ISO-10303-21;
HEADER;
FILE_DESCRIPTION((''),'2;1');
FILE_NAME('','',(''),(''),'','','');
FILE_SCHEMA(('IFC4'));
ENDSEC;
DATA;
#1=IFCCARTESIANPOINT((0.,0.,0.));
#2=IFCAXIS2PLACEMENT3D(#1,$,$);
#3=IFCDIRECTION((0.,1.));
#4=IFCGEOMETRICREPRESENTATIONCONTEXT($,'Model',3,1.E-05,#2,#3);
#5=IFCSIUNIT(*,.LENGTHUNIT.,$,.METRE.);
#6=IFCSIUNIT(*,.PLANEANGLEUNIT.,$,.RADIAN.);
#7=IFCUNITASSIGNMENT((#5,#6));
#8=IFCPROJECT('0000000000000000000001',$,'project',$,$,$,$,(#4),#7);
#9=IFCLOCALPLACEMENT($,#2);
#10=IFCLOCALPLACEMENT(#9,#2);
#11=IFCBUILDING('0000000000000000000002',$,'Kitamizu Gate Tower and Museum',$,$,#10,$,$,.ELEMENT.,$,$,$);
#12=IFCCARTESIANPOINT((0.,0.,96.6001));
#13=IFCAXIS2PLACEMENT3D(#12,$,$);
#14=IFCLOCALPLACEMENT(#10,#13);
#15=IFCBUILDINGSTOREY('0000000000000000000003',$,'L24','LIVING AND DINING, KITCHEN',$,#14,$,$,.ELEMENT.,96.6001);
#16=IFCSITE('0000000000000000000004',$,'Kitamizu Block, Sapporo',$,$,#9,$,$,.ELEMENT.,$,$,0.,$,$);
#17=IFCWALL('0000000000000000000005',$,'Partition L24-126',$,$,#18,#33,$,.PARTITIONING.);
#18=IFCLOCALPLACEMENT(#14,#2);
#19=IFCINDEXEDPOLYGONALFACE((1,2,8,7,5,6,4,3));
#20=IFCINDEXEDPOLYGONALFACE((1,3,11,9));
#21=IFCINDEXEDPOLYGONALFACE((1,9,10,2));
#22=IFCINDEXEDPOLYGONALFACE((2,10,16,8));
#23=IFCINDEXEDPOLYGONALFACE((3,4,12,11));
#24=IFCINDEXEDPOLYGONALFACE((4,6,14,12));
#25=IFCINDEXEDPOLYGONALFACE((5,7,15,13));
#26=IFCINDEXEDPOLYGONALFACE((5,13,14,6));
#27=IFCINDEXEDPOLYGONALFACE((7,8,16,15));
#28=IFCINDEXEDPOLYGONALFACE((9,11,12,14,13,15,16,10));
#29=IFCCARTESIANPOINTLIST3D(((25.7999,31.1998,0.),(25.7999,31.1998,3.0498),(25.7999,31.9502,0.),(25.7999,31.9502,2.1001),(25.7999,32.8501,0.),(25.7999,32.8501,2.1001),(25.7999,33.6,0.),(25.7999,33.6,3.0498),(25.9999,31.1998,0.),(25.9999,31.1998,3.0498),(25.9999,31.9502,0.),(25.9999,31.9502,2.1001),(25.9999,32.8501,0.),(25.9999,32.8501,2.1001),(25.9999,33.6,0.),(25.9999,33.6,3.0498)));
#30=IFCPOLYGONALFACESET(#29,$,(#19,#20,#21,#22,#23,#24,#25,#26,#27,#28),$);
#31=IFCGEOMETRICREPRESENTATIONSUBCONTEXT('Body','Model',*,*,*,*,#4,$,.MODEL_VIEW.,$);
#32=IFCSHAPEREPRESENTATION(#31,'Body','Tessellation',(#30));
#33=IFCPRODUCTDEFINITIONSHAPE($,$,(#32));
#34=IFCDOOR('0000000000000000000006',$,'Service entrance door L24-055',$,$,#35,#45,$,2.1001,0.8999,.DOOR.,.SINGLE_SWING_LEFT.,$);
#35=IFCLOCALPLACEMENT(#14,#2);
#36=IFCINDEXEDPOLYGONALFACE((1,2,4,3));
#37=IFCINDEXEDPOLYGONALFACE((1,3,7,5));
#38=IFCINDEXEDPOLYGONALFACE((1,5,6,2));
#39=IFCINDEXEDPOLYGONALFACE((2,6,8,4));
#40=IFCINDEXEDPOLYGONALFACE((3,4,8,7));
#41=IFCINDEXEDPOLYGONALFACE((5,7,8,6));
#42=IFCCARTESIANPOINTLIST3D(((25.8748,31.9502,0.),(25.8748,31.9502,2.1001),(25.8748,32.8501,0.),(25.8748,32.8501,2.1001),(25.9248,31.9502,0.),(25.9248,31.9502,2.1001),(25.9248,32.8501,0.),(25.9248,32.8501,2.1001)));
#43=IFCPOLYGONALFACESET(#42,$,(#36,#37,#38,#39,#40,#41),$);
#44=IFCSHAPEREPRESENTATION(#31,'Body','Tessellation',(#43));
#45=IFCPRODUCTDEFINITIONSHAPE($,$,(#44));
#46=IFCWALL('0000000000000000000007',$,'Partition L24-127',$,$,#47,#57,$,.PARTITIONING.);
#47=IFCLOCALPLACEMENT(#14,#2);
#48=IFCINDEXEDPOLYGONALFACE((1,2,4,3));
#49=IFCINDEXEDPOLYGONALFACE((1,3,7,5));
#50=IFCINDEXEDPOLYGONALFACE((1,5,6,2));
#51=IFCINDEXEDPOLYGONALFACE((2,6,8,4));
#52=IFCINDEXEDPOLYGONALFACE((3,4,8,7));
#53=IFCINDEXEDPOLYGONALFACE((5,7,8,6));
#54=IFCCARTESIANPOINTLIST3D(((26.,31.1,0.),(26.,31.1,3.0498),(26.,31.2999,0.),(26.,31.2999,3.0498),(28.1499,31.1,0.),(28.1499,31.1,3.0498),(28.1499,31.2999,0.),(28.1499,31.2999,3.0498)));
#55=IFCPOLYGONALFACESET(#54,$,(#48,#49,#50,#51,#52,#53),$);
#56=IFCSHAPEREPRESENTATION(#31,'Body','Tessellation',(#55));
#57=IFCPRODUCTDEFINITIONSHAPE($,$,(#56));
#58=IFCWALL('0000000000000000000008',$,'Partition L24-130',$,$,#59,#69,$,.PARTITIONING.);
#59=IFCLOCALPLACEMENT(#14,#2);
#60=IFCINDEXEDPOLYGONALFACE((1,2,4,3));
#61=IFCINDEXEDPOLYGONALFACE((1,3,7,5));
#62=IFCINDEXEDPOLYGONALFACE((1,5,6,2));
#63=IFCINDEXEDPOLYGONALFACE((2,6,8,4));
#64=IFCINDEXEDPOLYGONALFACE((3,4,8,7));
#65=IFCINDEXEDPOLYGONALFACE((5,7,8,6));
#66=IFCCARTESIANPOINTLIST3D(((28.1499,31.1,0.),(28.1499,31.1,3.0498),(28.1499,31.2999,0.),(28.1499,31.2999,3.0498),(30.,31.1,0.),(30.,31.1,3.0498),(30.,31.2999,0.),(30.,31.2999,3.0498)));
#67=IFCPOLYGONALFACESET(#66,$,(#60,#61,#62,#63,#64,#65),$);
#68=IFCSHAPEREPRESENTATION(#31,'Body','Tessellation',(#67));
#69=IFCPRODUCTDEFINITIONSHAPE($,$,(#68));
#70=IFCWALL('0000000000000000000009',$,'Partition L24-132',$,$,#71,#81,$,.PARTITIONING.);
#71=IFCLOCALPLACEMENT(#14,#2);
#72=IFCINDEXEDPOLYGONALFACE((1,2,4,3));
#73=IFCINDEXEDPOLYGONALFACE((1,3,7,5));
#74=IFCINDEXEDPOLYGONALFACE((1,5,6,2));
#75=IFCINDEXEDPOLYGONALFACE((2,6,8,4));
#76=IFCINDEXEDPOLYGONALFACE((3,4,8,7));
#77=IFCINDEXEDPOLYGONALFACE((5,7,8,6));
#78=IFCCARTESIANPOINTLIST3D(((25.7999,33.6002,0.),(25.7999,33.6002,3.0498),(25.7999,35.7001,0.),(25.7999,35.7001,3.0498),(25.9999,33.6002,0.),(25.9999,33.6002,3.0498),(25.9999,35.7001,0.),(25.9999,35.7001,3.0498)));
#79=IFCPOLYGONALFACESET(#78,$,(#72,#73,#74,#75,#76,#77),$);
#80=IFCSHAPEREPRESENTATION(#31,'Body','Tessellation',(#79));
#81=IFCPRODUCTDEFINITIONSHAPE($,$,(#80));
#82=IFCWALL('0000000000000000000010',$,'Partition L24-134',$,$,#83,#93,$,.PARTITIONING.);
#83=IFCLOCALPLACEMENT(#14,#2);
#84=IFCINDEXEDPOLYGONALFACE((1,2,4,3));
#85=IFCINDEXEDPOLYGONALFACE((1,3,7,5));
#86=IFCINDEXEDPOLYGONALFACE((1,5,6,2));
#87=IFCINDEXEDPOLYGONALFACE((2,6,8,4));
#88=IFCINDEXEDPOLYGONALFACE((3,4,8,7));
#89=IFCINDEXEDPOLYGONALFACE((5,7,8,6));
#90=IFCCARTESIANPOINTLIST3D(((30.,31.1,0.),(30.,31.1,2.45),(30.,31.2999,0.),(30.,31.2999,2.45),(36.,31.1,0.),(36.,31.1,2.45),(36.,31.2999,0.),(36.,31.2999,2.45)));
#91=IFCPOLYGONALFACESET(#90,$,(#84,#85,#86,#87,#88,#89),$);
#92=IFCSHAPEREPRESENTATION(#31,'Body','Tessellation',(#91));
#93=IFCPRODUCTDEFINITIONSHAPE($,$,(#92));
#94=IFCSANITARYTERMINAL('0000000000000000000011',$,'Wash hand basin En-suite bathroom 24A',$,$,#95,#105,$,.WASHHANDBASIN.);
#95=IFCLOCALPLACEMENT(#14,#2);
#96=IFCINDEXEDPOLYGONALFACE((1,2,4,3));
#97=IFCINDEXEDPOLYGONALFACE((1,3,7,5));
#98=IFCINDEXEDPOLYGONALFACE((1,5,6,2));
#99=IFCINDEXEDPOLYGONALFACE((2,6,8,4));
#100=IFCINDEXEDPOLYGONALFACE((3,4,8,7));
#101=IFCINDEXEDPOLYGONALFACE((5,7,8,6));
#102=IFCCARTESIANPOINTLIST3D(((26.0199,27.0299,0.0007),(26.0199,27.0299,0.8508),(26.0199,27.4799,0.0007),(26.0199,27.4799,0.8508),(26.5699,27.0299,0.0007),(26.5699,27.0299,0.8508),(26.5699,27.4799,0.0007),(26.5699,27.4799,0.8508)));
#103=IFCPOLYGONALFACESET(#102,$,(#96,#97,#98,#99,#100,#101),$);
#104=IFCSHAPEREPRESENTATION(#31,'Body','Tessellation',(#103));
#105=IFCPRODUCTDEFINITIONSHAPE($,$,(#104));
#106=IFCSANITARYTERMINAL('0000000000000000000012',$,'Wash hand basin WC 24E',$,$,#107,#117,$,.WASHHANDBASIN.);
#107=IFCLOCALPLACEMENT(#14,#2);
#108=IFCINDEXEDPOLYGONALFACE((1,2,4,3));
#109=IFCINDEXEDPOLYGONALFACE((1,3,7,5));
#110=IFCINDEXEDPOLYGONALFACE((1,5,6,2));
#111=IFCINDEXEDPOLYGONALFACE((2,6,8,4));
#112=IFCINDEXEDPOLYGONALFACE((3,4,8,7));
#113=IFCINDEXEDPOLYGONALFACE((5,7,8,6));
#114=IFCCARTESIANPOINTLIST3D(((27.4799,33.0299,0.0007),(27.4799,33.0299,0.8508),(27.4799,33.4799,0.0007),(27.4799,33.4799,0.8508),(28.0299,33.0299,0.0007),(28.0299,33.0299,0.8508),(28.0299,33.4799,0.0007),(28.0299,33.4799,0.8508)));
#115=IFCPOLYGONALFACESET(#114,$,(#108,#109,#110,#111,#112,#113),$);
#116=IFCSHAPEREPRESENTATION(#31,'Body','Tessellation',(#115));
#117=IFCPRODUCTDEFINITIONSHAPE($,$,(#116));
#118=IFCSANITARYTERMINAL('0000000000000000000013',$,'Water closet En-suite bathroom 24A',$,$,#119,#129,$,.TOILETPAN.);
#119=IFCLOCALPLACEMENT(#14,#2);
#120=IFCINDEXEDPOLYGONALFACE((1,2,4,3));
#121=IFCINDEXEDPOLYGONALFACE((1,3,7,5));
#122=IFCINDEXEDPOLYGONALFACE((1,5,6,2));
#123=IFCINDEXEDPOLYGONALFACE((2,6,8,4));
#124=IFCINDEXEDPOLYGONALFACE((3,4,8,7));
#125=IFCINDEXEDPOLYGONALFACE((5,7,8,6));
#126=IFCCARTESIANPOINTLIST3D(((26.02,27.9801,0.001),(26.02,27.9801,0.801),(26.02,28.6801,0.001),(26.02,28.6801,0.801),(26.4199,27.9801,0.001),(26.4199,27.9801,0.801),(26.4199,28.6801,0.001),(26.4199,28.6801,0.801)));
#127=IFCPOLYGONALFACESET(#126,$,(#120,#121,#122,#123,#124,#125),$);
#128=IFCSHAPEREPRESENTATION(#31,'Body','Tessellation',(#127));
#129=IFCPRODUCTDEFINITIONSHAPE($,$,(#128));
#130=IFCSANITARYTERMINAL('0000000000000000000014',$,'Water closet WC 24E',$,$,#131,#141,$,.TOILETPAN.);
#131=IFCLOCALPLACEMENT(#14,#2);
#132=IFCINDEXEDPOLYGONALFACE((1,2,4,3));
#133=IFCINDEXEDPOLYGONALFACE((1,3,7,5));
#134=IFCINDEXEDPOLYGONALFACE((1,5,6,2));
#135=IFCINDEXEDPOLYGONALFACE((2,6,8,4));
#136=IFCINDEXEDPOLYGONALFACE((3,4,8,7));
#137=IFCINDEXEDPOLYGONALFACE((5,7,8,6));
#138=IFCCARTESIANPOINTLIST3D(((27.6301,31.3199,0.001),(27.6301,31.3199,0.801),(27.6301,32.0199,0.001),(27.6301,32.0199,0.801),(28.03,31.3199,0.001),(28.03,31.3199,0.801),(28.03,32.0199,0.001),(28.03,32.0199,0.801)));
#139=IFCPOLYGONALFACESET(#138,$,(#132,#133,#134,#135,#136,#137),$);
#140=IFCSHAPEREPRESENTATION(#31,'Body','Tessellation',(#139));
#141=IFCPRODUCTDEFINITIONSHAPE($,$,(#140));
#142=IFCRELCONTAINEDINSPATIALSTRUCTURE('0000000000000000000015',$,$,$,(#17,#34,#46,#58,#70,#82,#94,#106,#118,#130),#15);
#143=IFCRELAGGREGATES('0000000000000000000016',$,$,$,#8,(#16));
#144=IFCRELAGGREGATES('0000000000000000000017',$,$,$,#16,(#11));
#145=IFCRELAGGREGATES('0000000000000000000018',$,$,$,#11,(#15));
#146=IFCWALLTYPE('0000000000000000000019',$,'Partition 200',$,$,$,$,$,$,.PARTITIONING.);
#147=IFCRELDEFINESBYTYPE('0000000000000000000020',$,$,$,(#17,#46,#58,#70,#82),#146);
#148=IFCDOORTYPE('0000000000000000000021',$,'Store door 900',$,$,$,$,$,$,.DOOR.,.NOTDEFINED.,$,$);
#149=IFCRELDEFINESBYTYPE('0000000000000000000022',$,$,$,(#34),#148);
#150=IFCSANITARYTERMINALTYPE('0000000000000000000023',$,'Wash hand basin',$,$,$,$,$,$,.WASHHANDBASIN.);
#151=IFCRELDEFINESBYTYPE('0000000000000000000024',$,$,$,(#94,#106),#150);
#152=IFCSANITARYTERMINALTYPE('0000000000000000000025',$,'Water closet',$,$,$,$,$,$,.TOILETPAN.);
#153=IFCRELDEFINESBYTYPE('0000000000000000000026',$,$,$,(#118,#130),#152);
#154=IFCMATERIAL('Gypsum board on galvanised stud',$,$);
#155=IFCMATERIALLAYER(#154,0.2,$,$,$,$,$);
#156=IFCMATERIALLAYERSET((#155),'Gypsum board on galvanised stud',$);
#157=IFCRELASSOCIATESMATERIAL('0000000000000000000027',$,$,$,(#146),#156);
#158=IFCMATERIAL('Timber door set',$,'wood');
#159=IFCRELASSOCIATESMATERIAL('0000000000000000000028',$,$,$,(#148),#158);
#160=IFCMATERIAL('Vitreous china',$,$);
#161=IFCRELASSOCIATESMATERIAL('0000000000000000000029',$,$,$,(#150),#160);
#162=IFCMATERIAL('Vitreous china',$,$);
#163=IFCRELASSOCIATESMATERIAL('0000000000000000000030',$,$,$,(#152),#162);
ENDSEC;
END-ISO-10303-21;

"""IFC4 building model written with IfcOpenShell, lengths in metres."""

from ifc_helpers import new_model, si_unit, direction, frame, frame_2d, origin, origin_2d, place, context, subcontext, project, spatial, rectangle, extrude, material, layer, layer_set, type_object, element, fill, save


model = new_model("IFC4")

# Units and contexts
model_context = context("Model", 3, precision=1e-05, world=origin(), true_north=direction((0.0, 1.0)))
body_context = subcontext(model_context, "Body", "Model", "MODEL_VIEW")
ifc_project = project(units=[si_unit("LENGTHUNIT", "METRE"), si_unit("PLANEANGLEUNIT", "RADIAN")], contexts=[model_context])

# Site, building, storey
site_placement = place(None, origin())
site = spatial("IfcSite", under=ifc_project, at=site_placement, Name="Kitamizu Block, Sapporo", CompositionType="ELEMENT", RefElevation=0.0)
building_placement = place(site_placement, origin())
building = spatial("IfcBuilding", under=site, at=building_placement, Name="Kitamizu Gate Tower and Museum", CompositionType="ELEMENT")
storey_placement = place(building_placement, frame((0.0, 0.0, 96.6001)))
storey = spatial("IfcBuildingStorey", under=building, at=storey_placement, Name="L24", Description="LIVING AND DINING, KITCHEN", CompositionType="ELEMENT", Elevation=96.6001)

# Shared definitions
ifc_material_1 = material(Name="Gypsum board on galvanised stud")
ifc_layer_1 = layer(ifc_material_1, 0.2)
ifc_layer_set_1 = layer_set([ifc_layer_1], Name="Gypsum board on galvanised stud")
wall_type_1 = type_object("IfcWallType", Name="Partition 200", PredefinedType="PARTITIONING", material=ifc_layer_set_1)

# Wall, opening, door
wall_1_placement = place(storey_placement, frame((25.8999, 33.6001, 0.0), z_axis=(0.0, 0.0, 1.0), x_axis=(0.0, -1.0, 0.0)))
wall_1 = element("IfcWall", 1, at=wall_1_placement, inside=storey, type_object=wall_type_1, Name="Partition L24-126", PredefinedType="PARTITIONING", context=body_context, shape_type="SweptSolid", body=[
    extrude(rectangle(XDim=2.4001, YDim=0.2, at=frame_2d((1.2002, 0.0))), origin(), (0.0, 0.0, 1.0), 3.0498),
])
opening_1_placement = place(wall_1_placement, frame((0.75, 0.0, 0.0)))
opening_1 = element("IfcOpeningElement", 2, at=opening_1_placement, cuts=wall_1, PredefinedType="OPENING", context=body_context, shape_type="SweptSolid", body=[
    extrude(rectangle(XDim=0.8999, YDim=2.1001, at=frame_2d((0.45, 1.05))), frame((0.0, 0.1099, 0.0), z_axis=(0.0, -1.0, 0.0), x_axis=(1.0, 0.0, 0.0)), (0.0, 0.0, 1.0), 0.22),
])
ifc_material_2 = material(Name="Timber door set", Category="wood")
door_type_1 = type_object("IfcDoorType", Name="Store door 900", OperationType="NOTDEFINED", PredefinedType="DOOR", material=ifc_material_2)
door_1_placement = place(opening_1_placement, origin())
door_1 = element("IfcDoor", 3, at=door_1_placement, inside=storey, type_object=door_type_1, Name="Service entrance door L24-055", OperationType="SINGLE_SWING_LEFT", OverallHeight=2.1001, OverallWidth=0.8999, PredefinedType="DOOR", context=body_context, shape_type="SweptSolid", body=[
    extrude(rectangle(XDim=0.8999, YDim=2.1001, at=frame_2d((0.45, 1.05))), frame((0.0, 0.0249, 0.0), z_axis=(0.0, -1.0, 0.0), x_axis=(1.0, 0.0, 0.0)), (0.0, 0.0, 1.0), 0.05),
])
fill(opening_1, door_1)

# Walls
wall_2_placement = place(storey_placement, frame((26.0, 31.2, 0.0), z_axis=(0.0, 0.0, 1.0), x_axis=(1.0, 0.0, 0.0)))
element("IfcWall", 4, at=wall_2_placement, inside=storey, type_object=wall_type_1, Name="Partition L24-127", PredefinedType="PARTITIONING", context=body_context, shape_type="SweptSolid", body=[
    extrude(rectangle(XDim=2.1499, YDim=0.2, at=frame_2d((1.075, 0.0))), origin(), (0.0, 0.0, 1.0), 3.0498),
])
wall_3_placement = place(storey_placement, frame((28.1499, 31.2, 0.0), z_axis=(0.0, 0.0, 1.0), x_axis=(1.0, 0.0, 0.0)))
element("IfcWall", 5, at=wall_3_placement, inside=storey, type_object=wall_type_1, Name="Partition L24-130", PredefinedType="PARTITIONING", context=body_context, shape_type="SweptSolid", body=[
    extrude(rectangle(XDim=1.8501, YDim=0.2, at=frame_2d((0.925, 0.0))), origin(), (0.0, 0.0, 1.0), 3.0498),
])
wall_4_placement = place(storey_placement, frame((25.8999, 35.7, 0.0), z_axis=(0.0, 0.0, 1.0), x_axis=(0.0, -1.0, 0.0)))
element("IfcWall", 6, at=wall_4_placement, inside=storey, type_object=wall_type_1, Name="Partition L24-132", PredefinedType="PARTITIONING", context=body_context, shape_type="SweptSolid", body=[
    extrude(rectangle(XDim=2.0999, YDim=0.2, at=frame_2d((1.0498, 0.0))), origin(), (0.0, 0.0, 1.0), 3.0498),
])
wall_5_placement = place(storey_placement, frame((30.0, 31.2, 0.0), z_axis=(0.0, 0.0, 1.0), x_axis=(1.0, 0.0, 0.0)))
element("IfcWall", 7, at=wall_5_placement, inside=storey, type_object=wall_type_1, Name="Partition L24-134", PredefinedType="PARTITIONING", context=body_context, shape_type="SweptSolid", body=[
    extrude(rectangle(XDim=6.0, YDim=0.2, at=frame_2d((3.0, 0.0))), origin(), (0.0, 0.0, 1.0), 2.45),
])

# Sanitary terminals
ifc_material_3 = material(Name="Vitreous china")
sanitary_terminal_type_1 = type_object("IfcSanitaryTerminalType", Name="Wash hand basin", PredefinedType="WASHHANDBASIN", material=ifc_material_3)
for number, where, z_axis, x_axis, name in (
    (8, (26.2949, 27.2549, 0.0007), (0.0, 0.0, 1.0), (1.0, 0.0, 0.0), "Wash hand basin En-suite bathroom 24A"),
    (9, (27.7549, 33.2549, 0.0007), (0.0, 0.0, 1.0), (1.0, 0.0, 0.0), "Wash hand basin WC 24E"),
):
    element("IfcSanitaryTerminal", number, at=place(storey_placement, frame(where, z_axis=z_axis, x_axis=x_axis)), inside=storey, type_object=sanitary_terminal_type_1, Name=name, PredefinedType="WASHHANDBASIN", context=body_context, shape_type="SweptSolid", body=[
        extrude(rectangle(XDim=0.55, YDim=0.45, at=origin_2d()), origin(), (0.0, 0.0, 1.0), 0.8501),
    ])
ifc_material_4 = material(Name="Vitreous china")
sanitary_terminal_type_2 = type_object("IfcSanitaryTerminalType", Name="Water closet", PredefinedType="TOILETPAN", material=ifc_material_4)
for number, where, z_axis, x_axis, name in (
    (10, (26.22, 28.3301, 0.001), (0.0, 0.0, 1.0), (1.0, 0.0, 0.0), "Water closet En-suite bathroom 24A"),
    (11, (27.8301, 31.6699, 0.001), (0.0, 0.0, 1.0), (1.0, 0.0, 0.0), "Water closet WC 24E"),
):
    element("IfcSanitaryTerminal", number, at=place(storey_placement, frame(where, z_axis=z_axis, x_axis=x_axis)), inside=storey, type_object=sanitary_terminal_type_2, Name=name, PredefinedType="TOILETPAN", context=body_context, shape_type="SweptSolid", body=[
        extrude(rectangle(XDim=0.3999, YDim=0.7, at=origin_2d()), origin(), (0.0, 0.0, 1.0), 0.8),
    ])

save(model, "model.ifc")
